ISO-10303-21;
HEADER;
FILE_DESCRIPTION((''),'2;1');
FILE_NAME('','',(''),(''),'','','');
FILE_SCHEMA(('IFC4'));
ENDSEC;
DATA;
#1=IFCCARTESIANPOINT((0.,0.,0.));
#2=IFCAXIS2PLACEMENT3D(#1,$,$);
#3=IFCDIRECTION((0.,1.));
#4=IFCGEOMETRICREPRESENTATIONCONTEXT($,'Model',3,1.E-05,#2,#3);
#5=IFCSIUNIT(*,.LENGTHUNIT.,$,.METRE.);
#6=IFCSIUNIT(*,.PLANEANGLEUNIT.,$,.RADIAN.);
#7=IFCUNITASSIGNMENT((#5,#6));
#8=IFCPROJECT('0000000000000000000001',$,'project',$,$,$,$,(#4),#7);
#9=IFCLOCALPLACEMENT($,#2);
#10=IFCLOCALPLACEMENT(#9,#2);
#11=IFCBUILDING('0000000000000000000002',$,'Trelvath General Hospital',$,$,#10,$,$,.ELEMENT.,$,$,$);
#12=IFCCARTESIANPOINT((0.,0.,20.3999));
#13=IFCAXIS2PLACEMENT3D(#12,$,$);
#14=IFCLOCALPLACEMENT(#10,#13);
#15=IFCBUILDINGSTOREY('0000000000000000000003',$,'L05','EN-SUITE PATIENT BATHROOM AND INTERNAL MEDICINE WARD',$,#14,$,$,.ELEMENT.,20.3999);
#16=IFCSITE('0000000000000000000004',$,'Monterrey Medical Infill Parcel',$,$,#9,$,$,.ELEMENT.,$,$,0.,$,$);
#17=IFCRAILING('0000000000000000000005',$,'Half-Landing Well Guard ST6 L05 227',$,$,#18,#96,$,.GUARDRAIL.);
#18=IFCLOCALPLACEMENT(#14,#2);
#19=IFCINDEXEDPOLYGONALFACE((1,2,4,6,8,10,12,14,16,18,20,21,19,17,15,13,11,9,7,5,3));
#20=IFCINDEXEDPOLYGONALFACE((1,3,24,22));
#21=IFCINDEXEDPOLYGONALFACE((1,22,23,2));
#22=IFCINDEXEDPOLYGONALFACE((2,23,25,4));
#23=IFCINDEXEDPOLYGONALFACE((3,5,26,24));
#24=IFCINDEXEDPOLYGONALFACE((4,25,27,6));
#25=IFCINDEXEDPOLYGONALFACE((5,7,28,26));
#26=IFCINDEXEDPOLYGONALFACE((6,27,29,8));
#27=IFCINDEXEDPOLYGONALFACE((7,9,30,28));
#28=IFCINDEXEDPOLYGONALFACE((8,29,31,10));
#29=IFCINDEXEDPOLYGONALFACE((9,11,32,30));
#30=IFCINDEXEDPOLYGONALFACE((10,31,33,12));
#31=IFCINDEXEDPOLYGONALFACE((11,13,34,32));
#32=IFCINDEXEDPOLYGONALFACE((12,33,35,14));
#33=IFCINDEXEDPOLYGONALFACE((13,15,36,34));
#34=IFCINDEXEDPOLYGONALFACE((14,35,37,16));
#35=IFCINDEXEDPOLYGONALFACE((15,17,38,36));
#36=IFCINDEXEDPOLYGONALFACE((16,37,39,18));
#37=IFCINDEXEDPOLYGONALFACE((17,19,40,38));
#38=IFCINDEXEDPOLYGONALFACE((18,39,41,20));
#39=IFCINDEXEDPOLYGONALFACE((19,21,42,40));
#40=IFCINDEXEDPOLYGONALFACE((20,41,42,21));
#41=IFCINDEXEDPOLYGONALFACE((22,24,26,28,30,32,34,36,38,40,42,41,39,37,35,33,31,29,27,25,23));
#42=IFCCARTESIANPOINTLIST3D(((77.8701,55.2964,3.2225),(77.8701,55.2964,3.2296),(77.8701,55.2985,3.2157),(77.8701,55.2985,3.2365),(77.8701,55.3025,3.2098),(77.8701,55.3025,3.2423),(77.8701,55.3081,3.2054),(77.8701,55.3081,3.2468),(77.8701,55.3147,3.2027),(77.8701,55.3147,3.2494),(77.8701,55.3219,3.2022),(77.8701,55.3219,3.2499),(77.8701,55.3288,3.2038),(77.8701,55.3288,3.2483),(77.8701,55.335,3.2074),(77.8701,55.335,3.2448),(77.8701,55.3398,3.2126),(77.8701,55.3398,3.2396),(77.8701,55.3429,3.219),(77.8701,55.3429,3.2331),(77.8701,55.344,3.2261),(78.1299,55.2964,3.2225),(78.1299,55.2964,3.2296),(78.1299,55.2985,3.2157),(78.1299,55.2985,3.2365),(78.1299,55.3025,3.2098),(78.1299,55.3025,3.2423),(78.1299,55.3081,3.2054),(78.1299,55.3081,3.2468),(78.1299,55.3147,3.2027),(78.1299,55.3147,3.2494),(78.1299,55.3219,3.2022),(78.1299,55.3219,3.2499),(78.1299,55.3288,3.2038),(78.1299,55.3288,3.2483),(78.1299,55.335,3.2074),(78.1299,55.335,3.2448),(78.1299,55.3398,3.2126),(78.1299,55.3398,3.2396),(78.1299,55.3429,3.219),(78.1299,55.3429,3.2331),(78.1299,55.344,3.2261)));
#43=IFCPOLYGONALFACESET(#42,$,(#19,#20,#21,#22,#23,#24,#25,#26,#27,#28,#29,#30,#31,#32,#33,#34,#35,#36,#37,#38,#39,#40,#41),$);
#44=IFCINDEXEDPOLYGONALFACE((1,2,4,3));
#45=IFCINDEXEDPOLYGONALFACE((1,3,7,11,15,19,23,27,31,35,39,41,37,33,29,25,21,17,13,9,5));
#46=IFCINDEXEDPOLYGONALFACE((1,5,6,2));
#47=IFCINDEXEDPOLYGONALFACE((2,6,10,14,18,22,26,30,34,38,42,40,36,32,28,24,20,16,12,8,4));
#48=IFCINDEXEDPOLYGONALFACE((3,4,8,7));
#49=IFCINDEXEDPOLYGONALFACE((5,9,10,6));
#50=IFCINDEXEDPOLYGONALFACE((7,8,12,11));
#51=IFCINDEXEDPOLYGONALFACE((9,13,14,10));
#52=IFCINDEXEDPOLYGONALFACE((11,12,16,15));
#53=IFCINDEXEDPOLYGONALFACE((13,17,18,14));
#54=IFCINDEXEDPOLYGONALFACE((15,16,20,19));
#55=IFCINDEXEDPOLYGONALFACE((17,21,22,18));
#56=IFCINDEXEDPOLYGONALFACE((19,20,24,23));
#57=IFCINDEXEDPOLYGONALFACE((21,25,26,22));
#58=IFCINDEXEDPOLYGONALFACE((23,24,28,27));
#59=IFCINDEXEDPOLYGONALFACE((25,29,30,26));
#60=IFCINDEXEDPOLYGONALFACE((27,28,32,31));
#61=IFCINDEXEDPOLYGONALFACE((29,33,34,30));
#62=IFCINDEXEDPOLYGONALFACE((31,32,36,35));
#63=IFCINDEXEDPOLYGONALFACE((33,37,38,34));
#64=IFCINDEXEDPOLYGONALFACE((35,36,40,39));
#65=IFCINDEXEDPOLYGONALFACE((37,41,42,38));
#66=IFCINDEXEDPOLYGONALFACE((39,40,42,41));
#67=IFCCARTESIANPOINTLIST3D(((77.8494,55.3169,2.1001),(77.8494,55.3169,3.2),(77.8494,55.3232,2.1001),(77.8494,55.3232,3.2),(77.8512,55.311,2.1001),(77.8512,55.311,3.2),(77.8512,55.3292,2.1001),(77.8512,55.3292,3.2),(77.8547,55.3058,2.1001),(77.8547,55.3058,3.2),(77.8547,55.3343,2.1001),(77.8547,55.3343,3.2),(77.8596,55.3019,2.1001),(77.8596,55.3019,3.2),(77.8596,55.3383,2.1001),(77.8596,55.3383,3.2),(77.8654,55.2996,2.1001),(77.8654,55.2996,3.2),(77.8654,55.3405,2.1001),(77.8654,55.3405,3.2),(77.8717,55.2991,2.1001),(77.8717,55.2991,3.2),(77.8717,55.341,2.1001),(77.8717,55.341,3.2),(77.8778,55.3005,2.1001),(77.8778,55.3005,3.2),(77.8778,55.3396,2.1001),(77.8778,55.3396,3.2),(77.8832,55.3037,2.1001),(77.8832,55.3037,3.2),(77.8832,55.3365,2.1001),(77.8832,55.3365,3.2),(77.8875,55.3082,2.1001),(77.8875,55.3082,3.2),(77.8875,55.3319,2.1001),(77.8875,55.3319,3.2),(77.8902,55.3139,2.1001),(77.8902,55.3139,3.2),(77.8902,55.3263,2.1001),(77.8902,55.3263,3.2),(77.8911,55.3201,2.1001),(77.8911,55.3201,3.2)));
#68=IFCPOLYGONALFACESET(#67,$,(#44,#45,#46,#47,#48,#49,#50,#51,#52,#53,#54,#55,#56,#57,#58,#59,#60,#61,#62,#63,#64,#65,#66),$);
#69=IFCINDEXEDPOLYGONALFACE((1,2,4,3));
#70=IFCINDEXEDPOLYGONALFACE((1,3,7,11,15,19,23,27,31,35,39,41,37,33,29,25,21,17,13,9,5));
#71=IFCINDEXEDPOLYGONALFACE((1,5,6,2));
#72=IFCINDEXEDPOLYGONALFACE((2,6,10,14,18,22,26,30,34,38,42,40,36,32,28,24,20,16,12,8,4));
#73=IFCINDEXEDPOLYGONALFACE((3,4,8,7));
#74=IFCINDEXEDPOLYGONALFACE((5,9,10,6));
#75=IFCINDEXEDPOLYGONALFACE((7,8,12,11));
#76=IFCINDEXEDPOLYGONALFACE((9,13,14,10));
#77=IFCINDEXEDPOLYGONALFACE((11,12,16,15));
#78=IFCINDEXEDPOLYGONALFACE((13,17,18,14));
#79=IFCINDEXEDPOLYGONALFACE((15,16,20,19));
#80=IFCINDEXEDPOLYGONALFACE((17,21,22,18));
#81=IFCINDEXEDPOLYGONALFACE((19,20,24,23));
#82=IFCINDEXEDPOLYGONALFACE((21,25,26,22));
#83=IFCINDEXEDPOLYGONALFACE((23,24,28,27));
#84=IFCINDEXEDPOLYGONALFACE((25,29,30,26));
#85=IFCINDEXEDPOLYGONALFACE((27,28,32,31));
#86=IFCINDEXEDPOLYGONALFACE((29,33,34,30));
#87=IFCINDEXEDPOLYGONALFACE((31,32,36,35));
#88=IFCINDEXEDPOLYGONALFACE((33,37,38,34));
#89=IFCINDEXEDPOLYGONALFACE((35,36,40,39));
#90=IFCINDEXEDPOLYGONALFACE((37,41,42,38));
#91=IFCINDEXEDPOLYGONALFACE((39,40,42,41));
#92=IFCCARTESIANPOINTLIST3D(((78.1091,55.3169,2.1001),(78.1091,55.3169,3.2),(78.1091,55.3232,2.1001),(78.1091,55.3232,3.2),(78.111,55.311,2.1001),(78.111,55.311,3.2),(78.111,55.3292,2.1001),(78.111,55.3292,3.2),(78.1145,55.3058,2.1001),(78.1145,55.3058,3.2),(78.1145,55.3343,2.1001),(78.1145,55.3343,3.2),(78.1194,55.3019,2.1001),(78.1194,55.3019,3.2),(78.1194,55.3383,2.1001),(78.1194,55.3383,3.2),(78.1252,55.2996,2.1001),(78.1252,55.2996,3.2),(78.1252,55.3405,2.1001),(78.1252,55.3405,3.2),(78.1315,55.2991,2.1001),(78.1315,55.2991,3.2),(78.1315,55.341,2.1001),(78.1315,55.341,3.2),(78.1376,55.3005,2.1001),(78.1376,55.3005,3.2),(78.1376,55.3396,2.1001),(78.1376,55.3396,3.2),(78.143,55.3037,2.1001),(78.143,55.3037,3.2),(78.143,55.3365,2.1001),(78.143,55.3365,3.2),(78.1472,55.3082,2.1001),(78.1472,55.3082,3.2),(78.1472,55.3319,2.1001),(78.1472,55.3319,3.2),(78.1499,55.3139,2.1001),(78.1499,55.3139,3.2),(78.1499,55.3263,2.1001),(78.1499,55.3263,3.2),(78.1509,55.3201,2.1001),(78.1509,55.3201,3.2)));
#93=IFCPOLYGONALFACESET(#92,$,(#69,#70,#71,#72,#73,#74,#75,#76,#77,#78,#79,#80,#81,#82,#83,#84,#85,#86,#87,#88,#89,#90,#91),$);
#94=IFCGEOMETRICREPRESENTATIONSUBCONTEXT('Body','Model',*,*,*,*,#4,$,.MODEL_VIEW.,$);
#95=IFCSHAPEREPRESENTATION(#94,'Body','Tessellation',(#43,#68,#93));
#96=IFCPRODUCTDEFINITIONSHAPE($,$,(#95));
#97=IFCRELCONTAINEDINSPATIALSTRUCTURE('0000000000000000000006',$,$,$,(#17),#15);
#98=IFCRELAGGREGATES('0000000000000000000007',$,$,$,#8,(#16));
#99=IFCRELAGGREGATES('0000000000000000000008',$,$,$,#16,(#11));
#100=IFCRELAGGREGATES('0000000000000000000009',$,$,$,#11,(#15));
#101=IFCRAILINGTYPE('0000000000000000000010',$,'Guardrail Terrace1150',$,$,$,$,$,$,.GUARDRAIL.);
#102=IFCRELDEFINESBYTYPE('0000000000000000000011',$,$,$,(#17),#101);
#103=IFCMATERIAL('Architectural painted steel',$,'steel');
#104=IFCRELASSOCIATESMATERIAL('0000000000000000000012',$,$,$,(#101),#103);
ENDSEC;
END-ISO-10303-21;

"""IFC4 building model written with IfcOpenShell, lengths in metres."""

from ifc_helpers import new_model, si_unit, direction, frame, origin, origin_2d, place, context, subcontext, project, spatial, circle, extrude, material, type_object, element, save


model = new_model("IFC4")

# Units and contexts
model_context = context("Model", 3, precision=1e-05, world=origin(), true_north=direction((0.0, 1.0)))
body_context = subcontext(model_context, "Body", "Model", "MODEL_VIEW")
ifc_project = project(units=[si_unit("LENGTHUNIT", "METRE"), si_unit("PLANEANGLEUNIT", "RADIAN")], contexts=[model_context])

# Site, building, storey
site_placement = place(None, origin())
site = spatial("IfcSite", under=ifc_project, at=site_placement, Name="Monterrey Medical Infill Parcel", CompositionType="ELEMENT", RefElevation=0.0)
building_placement = place(site_placement, origin())
building = spatial("IfcBuilding", under=site, at=building_placement, Name="Trelvath General Hospital", CompositionType="ELEMENT")
storey_placement = place(building_placement, frame((0.0, 0.0, 20.3999)))
storey = spatial("IfcBuildingStorey", under=building, at=storey_placement, Name="L05", Description="EN-SUITE PATIENT BATHROOM AND INTERNAL MEDICINE WARD", CompositionType="ELEMENT", Elevation=20.3999)

# Railing
ifc_material_1 = material(Name="Architectural painted steel", Category="steel")
railing_type_1 = type_object("IfcRailingType", Name="Guardrail Terrace1150", PredefinedType="GUARDRAIL", material=ifc_material_1)
railing_1_placement = place(storey_placement, frame((77.8701, 55.3201, 2.1001)))
element("IfcRailing", 1, at=railing_1_placement, inside=storey, type_object=railing_type_1, Name="Half-Landing Well Guard ST6 L05 227", PredefinedType="GUARDRAIL", context=body_context, shape_type="SweptSolid", body=[
    extrude(circle(Radius=0.0239, at=origin_2d()), frame((0.0, 0.0, 1.126), z_axis=(1.0, 0.0, 0.0), x_axis=(0.0, 1.0, 0.0)), (0.0, 0.0, 1.0), 0.2598),
    extrude(circle(Radius=0.021, at=origin_2d()), origin(), (0.0, 0.0, 1.0), 1.0999),
    extrude(circle(Radius=0.021, at=origin_2d()), frame((0.2598, 0.0, 0.0)), (0.0, 0.0, 1.0), 1.0999),
])

save(model, "model.ifc")
